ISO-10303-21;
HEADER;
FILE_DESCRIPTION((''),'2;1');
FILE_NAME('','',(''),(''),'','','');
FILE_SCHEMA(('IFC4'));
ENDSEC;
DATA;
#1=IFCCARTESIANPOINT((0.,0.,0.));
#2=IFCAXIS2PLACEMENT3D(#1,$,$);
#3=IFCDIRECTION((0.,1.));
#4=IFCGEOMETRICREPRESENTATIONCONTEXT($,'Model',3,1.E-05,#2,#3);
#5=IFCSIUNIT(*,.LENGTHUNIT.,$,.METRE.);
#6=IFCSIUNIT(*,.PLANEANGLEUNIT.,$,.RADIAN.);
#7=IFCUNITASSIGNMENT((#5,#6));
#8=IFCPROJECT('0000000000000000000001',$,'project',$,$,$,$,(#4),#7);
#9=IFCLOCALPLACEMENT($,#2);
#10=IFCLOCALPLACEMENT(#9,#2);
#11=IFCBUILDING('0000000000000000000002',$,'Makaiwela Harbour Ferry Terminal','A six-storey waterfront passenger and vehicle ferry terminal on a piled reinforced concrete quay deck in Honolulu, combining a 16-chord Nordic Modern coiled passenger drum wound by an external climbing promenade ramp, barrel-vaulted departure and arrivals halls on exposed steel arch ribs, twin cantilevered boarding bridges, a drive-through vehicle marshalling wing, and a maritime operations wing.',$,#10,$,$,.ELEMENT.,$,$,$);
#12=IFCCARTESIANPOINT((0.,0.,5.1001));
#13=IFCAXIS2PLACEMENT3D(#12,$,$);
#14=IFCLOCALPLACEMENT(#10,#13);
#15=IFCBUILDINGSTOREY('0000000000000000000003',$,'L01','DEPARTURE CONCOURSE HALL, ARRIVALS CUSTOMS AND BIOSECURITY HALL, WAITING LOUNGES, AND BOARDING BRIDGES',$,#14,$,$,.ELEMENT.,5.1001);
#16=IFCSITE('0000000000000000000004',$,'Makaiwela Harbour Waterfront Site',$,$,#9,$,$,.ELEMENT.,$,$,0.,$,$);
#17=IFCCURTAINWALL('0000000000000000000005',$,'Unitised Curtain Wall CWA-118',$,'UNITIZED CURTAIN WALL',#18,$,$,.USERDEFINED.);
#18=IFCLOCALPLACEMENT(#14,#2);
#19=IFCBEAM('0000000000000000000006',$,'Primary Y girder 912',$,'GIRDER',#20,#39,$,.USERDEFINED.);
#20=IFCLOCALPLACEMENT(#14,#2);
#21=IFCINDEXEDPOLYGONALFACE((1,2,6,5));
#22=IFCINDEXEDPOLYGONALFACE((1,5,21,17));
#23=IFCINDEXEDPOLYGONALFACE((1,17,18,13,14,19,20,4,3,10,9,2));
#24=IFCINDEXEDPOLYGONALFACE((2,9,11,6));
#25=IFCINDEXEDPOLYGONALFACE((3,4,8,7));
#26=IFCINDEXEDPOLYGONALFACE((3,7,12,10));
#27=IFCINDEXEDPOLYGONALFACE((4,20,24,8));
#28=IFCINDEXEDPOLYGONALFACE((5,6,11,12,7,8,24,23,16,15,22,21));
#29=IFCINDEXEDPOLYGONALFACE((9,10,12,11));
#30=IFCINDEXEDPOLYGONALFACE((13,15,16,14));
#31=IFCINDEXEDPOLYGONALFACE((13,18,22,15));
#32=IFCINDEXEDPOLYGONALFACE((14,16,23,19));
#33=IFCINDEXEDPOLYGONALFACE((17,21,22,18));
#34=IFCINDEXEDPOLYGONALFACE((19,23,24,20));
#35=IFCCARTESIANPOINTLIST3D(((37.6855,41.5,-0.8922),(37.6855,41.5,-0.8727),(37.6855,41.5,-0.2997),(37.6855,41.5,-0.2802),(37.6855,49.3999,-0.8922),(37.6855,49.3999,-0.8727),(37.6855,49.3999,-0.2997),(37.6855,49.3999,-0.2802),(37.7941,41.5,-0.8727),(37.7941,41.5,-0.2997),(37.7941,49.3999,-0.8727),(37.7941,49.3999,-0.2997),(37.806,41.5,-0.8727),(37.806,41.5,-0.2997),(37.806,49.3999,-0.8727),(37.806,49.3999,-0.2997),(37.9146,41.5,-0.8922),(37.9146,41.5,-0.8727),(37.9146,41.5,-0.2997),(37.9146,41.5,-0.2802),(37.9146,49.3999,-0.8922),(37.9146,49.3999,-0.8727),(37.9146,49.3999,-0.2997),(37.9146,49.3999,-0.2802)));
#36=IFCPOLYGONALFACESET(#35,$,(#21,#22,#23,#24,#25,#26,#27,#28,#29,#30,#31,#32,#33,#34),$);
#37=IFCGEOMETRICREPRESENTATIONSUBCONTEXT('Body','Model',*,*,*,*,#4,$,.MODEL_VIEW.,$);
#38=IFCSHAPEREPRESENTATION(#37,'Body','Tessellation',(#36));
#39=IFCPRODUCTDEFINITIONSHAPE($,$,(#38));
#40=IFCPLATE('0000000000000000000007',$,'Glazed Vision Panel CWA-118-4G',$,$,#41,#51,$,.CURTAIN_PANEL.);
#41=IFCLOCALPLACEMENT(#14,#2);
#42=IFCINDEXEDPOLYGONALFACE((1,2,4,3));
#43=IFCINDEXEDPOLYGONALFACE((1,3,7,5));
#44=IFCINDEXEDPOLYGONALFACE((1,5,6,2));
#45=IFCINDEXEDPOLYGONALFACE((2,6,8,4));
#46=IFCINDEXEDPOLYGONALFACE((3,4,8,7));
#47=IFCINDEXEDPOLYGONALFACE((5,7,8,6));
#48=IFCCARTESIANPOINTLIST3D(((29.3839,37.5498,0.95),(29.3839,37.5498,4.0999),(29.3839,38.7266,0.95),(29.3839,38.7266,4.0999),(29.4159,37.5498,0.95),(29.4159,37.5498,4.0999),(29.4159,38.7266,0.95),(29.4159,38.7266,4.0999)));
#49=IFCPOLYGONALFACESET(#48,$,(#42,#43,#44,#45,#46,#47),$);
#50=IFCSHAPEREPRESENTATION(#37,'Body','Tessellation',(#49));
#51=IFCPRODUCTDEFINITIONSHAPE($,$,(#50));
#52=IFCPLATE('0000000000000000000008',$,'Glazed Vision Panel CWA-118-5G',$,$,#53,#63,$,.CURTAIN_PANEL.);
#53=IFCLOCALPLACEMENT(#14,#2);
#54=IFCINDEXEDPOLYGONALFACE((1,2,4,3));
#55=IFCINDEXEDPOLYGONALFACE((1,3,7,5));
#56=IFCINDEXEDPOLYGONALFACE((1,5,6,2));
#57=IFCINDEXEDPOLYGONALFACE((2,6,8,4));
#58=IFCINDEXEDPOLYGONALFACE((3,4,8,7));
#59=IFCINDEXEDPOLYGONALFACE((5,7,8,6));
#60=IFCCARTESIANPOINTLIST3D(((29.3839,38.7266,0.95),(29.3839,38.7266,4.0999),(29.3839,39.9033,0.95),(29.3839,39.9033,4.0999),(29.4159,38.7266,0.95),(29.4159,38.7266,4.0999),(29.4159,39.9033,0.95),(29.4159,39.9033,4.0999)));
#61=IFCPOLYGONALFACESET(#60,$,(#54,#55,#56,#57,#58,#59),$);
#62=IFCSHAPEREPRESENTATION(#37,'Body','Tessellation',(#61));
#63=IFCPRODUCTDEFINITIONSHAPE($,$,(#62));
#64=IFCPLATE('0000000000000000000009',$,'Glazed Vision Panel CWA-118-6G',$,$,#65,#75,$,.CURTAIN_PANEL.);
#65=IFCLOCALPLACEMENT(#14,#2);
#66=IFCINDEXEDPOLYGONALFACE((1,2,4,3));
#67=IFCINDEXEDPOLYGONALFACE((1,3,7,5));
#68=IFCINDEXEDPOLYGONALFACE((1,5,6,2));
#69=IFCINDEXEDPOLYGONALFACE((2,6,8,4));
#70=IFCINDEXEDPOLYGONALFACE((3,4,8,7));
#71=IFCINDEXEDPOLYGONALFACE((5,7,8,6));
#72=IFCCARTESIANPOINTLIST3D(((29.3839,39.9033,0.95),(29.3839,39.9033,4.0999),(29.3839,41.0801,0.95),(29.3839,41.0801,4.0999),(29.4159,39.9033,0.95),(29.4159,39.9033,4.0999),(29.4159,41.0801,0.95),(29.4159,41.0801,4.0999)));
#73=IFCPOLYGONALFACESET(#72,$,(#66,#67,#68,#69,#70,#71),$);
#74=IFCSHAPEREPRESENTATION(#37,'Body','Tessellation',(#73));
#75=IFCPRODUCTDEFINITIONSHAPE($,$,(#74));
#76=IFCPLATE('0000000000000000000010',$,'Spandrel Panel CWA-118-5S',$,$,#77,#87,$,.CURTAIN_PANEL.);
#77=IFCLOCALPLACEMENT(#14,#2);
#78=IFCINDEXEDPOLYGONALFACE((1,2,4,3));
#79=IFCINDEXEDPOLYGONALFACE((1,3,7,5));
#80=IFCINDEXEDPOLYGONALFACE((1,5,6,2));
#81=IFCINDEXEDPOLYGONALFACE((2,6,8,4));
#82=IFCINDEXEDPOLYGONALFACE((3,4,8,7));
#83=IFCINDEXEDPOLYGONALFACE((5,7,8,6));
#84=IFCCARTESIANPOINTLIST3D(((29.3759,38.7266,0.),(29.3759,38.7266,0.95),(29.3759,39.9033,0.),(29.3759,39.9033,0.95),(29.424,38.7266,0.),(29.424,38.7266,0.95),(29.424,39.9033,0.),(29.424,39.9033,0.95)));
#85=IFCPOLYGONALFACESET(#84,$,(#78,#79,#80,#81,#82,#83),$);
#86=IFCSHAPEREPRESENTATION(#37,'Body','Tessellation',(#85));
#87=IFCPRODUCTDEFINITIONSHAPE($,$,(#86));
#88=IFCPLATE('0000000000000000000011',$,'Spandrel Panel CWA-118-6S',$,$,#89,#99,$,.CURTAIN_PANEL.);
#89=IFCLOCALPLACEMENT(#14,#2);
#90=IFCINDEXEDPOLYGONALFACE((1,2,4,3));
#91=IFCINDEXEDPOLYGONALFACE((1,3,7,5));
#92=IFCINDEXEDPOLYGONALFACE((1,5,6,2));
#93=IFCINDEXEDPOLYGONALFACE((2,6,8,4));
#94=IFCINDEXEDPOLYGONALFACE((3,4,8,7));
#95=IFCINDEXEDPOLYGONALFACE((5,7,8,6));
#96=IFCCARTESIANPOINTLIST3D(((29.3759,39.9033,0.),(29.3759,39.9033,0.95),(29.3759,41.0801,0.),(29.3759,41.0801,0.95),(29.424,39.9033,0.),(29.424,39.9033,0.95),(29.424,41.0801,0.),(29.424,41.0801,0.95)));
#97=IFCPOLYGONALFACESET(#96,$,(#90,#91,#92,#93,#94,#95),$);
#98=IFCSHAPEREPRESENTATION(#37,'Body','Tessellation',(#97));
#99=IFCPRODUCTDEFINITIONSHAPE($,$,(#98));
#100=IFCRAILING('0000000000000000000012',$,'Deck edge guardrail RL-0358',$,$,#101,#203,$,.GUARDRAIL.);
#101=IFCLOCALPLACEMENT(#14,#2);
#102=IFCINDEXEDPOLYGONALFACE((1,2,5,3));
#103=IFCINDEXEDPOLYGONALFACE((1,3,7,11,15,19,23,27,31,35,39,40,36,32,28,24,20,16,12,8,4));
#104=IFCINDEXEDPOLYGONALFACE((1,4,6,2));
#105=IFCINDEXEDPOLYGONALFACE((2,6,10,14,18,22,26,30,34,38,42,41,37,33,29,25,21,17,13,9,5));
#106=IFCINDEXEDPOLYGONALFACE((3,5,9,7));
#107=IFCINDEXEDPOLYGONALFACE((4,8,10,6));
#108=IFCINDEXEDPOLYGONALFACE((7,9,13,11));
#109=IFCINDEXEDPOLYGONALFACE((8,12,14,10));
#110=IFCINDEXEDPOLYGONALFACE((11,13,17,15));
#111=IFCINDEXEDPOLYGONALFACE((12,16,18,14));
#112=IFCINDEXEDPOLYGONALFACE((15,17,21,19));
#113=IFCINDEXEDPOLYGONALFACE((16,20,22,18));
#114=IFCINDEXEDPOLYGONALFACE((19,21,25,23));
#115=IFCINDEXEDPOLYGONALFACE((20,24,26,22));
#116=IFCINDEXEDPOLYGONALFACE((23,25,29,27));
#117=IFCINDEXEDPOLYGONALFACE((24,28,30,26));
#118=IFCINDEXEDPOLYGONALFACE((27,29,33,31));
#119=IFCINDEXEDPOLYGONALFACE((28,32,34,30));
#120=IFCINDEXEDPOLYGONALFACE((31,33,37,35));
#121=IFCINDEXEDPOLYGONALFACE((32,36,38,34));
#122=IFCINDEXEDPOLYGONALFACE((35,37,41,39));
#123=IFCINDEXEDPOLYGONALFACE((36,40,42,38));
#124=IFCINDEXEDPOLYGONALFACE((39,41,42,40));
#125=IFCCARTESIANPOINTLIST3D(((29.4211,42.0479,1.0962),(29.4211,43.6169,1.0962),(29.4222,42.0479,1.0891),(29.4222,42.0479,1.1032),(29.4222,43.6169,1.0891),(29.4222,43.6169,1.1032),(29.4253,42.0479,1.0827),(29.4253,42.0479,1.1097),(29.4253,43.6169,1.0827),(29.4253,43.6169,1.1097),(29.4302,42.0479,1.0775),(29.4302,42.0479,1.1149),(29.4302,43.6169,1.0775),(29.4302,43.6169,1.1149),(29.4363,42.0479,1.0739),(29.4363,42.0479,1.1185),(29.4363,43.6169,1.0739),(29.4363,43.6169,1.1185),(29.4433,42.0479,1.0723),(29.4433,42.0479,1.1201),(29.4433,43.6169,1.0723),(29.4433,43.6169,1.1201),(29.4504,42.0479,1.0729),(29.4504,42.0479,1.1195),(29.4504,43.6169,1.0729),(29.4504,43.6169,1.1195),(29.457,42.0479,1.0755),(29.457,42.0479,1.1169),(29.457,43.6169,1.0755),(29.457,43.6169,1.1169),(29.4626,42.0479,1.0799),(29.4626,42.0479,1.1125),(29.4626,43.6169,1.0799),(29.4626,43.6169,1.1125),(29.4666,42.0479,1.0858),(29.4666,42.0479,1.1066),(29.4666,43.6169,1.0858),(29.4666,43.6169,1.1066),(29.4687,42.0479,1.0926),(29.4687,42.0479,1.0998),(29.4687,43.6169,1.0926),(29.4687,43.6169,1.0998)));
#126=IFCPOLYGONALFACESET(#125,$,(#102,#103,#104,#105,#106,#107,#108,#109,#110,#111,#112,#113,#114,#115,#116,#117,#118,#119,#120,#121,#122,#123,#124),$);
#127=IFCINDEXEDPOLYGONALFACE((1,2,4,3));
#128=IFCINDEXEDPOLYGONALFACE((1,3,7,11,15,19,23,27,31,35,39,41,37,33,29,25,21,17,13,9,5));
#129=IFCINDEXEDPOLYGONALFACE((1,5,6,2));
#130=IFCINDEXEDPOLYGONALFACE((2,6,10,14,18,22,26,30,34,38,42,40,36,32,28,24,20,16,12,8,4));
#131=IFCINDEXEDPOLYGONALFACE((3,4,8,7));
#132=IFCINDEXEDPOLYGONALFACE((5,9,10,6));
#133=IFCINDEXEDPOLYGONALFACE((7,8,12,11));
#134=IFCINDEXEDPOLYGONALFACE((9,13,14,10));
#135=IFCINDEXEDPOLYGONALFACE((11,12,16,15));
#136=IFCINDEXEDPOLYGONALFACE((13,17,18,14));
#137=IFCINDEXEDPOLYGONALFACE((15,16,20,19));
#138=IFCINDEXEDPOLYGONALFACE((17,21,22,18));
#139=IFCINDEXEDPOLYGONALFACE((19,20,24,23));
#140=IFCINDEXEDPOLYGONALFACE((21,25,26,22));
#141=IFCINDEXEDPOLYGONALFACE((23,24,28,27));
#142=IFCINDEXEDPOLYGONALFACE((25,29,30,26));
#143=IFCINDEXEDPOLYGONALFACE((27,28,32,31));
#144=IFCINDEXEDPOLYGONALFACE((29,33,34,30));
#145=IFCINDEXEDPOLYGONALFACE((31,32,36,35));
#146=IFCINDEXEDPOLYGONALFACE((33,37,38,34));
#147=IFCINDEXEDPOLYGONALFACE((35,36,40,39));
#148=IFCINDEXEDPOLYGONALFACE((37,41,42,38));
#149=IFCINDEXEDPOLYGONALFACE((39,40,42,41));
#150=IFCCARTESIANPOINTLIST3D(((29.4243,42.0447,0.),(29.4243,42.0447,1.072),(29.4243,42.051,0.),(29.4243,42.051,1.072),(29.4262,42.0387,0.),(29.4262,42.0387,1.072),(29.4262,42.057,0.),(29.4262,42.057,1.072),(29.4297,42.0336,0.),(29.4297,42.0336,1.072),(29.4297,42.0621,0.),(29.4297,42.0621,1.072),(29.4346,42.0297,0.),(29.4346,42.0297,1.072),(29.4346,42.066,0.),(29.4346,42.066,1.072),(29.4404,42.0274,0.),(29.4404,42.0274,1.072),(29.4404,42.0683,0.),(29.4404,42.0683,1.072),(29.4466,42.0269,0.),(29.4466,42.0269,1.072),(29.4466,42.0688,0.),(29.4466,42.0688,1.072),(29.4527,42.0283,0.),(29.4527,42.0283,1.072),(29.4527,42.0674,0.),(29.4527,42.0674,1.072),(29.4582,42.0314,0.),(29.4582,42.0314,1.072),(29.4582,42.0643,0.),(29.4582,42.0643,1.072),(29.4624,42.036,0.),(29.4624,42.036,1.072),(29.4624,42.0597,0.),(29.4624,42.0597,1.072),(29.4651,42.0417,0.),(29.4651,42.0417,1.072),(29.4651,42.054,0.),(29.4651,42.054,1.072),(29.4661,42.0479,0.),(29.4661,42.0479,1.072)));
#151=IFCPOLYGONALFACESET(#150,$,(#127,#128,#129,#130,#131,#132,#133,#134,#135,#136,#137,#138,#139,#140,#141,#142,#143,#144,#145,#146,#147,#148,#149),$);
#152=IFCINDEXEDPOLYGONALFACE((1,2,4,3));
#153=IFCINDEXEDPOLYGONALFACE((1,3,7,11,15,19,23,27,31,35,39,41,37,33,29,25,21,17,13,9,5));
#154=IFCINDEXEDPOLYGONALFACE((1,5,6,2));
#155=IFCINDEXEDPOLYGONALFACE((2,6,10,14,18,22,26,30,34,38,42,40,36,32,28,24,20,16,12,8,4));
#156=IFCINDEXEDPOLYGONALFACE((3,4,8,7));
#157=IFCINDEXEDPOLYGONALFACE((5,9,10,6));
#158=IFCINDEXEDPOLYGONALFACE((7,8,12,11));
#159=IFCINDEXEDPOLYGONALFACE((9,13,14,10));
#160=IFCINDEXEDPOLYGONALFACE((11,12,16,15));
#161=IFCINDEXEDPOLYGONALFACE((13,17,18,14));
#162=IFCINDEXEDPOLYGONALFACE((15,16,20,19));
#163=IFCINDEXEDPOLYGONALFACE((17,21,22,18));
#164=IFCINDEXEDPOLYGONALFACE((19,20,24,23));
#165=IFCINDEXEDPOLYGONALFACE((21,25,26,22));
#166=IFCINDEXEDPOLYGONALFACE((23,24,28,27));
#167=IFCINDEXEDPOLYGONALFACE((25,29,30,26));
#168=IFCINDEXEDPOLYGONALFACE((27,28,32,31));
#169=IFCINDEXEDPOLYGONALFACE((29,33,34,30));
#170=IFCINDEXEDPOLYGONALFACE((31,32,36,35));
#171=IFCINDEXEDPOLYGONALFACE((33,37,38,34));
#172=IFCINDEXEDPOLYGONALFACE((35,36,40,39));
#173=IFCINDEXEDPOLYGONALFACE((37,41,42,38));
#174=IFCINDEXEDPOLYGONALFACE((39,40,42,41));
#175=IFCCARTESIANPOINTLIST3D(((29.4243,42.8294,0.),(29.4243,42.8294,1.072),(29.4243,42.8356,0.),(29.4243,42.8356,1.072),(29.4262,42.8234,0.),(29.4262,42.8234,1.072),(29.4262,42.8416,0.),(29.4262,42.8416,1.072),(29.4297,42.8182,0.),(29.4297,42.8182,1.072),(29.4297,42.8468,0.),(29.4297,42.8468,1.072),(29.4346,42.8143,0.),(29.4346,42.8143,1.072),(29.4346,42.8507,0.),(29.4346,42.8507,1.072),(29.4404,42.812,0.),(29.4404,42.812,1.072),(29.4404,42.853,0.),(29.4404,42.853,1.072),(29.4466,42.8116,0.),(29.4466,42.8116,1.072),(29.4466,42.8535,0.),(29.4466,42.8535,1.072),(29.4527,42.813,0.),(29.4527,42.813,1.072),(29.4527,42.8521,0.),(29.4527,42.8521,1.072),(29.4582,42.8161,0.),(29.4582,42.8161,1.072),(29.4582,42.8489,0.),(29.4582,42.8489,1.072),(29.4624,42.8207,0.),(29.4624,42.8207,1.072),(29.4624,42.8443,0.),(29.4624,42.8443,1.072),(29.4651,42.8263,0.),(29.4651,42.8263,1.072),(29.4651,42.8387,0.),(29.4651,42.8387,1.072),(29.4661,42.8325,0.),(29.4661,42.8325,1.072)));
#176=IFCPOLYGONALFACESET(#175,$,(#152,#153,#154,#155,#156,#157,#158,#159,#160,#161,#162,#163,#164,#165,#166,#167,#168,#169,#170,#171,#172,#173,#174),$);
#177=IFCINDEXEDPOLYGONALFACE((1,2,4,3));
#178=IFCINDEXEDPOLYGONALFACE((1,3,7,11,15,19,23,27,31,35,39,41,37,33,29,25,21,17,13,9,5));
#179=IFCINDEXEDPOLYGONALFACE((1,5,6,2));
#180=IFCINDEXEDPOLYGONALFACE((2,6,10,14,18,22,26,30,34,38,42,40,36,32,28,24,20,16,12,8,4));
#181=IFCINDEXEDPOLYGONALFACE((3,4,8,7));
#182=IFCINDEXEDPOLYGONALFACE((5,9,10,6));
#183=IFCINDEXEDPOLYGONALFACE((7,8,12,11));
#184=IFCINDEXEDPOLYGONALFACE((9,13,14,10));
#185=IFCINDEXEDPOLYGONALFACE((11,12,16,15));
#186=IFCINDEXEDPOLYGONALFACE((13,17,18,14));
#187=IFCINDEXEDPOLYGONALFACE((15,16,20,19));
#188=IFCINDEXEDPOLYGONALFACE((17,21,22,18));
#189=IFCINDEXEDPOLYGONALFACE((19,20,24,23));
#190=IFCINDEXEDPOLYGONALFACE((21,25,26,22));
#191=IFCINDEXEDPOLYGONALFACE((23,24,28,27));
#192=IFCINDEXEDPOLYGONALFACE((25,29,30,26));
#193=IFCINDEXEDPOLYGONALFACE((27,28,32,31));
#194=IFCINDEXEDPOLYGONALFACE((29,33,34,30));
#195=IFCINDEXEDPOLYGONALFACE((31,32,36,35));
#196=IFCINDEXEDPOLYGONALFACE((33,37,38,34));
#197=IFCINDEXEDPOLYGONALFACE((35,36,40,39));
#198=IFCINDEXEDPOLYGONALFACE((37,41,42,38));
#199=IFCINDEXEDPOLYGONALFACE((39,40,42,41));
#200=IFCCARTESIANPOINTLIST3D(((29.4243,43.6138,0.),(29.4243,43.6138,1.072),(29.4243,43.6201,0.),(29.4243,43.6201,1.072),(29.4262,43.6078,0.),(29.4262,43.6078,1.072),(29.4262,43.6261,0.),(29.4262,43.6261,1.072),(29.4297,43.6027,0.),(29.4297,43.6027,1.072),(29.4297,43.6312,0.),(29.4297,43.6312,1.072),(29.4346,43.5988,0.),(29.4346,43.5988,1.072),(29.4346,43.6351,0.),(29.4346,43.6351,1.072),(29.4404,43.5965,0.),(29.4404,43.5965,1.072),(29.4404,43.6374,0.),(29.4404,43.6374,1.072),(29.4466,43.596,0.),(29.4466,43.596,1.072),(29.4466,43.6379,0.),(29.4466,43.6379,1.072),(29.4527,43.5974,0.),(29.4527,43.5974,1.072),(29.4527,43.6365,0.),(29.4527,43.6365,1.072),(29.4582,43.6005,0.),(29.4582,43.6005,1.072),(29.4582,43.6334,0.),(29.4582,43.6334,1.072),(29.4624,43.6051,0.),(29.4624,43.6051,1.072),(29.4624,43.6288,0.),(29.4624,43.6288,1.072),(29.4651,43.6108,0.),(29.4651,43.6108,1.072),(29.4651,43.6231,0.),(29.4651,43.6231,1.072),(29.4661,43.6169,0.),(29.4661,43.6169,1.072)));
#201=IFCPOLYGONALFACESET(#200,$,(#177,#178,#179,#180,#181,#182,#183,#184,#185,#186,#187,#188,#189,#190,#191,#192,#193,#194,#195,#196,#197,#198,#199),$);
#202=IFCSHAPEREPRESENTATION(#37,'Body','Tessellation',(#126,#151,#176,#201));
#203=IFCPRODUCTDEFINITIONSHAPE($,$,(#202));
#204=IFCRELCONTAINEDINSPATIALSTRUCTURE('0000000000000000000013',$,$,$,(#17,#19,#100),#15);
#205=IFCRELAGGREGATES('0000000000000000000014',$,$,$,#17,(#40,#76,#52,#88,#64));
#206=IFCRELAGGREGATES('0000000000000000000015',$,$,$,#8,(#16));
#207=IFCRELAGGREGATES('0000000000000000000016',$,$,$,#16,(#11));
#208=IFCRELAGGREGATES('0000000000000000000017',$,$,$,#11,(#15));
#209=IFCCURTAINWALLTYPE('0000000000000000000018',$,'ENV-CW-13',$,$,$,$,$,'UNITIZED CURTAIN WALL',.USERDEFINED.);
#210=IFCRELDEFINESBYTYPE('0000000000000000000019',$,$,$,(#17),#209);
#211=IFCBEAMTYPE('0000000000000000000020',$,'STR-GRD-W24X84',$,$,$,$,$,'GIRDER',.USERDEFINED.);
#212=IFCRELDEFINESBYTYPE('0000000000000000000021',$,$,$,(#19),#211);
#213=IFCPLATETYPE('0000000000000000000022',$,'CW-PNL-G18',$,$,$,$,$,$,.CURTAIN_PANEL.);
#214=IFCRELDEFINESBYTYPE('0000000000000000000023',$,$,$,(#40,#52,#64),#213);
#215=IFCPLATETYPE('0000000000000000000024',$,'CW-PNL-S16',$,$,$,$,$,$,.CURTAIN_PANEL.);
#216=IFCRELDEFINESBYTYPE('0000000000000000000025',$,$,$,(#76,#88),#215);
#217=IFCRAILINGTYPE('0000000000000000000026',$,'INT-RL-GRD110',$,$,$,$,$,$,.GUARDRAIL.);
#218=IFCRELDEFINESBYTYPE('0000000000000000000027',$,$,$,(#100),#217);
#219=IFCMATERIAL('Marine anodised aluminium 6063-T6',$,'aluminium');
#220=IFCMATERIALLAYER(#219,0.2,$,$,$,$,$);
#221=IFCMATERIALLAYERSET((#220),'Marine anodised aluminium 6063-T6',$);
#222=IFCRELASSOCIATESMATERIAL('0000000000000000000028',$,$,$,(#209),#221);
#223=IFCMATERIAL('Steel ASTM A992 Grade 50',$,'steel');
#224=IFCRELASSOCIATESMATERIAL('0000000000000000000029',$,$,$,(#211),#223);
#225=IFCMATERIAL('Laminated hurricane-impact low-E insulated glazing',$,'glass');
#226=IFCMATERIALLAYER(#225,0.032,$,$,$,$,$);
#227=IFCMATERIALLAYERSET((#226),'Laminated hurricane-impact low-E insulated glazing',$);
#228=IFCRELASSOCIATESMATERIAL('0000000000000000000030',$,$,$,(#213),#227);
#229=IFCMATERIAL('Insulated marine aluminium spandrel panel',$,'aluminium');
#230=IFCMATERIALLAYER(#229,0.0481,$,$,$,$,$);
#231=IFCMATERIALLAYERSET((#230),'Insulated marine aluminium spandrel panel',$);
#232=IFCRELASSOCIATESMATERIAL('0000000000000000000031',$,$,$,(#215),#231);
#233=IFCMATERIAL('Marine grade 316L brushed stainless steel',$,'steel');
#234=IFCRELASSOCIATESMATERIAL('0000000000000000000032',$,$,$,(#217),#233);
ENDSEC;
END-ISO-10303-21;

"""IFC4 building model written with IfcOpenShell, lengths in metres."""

from ifc_helpers import new_model, si_unit, direction, frame, origin, origin_2d, place, context, subcontext, project, spatial, rectangle, circle, i_section, extrude, material, layer, layer_set, material_profile, profile_set, type_object, element, aggregate, save


model = new_model("IFC4")

# Units and contexts
model_context = context("Model", 3, precision=1e-05, world=origin(), true_north=direction((0.0, 1.0)))
body_context = subcontext(model_context, "Body", "Model", "MODEL_VIEW")
ifc_project = project(units=[si_unit("LENGTHUNIT", "METRE"), si_unit("PLANEANGLEUNIT", "RADIAN")], contexts=[model_context])

# Site, building, storey
site_placement = place(None, origin())
site = spatial("IfcSite", under=ifc_project, at=site_placement, Name="Makaiwela Harbour Waterfront Site", CompositionType="ELEMENT", RefElevation=0.0)
building_placement = place(site_placement, origin())
building = spatial("IfcBuilding", under=site, at=building_placement, Name="Makaiwela Harbour Ferry Terminal", Description="A six-storey waterfront passenger and vehicle ferry terminal on a piled reinforced concrete quay deck in Honolulu, combining a 16-chord Nordic Modern coiled passenger drum wound by an external climbing promenade ramp, barrel-vaulted departure and arrivals halls on exposed steel arch ribs, twin cantilevered boarding bridges, a drive-through vehicle marshalling wing, and a maritime operations wing.", CompositionType="ELEMENT")
storey_placement = place(building_placement, frame((0.0, 0.0, 5.1001)))
storey = spatial("IfcBuildingStorey", under=building, at=storey_placement, Name="L01", Description="DEPARTURE CONCOURSE HALL, ARRIVALS CUSTOMS AND BIOSECURITY HALL, WAITING LOUNGES, AND BOARDING BRIDGES", CompositionType="ELEMENT", Elevation=5.1001)

# Shared definitions
ifc_material_1 = material(Name="Steel ASTM A992 Grade 50", Category="steel")

# Curtain wall
ifc_material_2 = material(Name="Marine anodised aluminium 6063-T6", Category="aluminium")
ifc_layer_1 = layer(ifc_material_2, 0.2)
ifc_layer_set_1 = layer_set([ifc_layer_1], Name="Marine anodised aluminium 6063-T6")
curtain_wall_type = type_object("IfcCurtainWallType", Name="ENV-CW-13", ElementType="UNITIZED CURTAIN WALL", PredefinedType="USERDEFINED", material=ifc_layer_set_1)
curtain_wall_placement = place(storey_placement, origin())
curtain_wall = element("IfcCurtainWall", 1, at=curtain_wall_placement, inside=storey, type_object=curtain_wall_type, Name="Unitised Curtain Wall CWA-118", ObjectType="UNITIZED CURTAIN WALL", PredefinedType="USERDEFINED")

# Beam
ifc_material_profile_1 = material_profile(ifc_material_1, i_section(OverallWidth=0.229, OverallDepth=0.6121, WebThickness=0.012, FlangeThickness=0.0195, at=origin_2d()), Name="W24X84")
ifc_profile_set_1 = profile_set([ifc_material_profile_1], Name="Steel ASTM A992 Grade 50")
beam_type_1 = type_object("IfcBeamType", Name="STR-GRD-W24X84", ElementType="GIRDER", PredefinedType="USERDEFINED", material=ifc_profile_set_1)
for number, where, z_axis, x_axis, name in (
    (2, (37.8, 41.5, -0.5862), (0.0, 1.0, 0.0), (-1.0, 0.0, 0.0), "Primary Y girder 912"),
):
    element("IfcBeam", number, at=place(storey_placement, frame(where, z_axis=z_axis, x_axis=x_axis)), inside=storey, type_object=beam_type_1, Name=name, ObjectType="GIRDER", PredefinedType="USERDEFINED", context=body_context, shape_type="SweptSolid", body=[
        extrude(i_section(OverallWidth=0.229, OverallDepth=0.6121, WebThickness=0.012, FlangeThickness=0.0195, at=origin_2d()), origin(), (0.0, 0.0, 1.0), 7.8999),
    ])

# Plates
ifc_material_3 = material(Name="Laminated hurricane-impact low-E insulated glazing", Category="glass")
ifc_layer_2 = layer(ifc_material_3, 0.032)
ifc_layer_set_2 = layer_set([ifc_layer_2], Name="Laminated hurricane-impact low-E insulated glazing")
plate_type_1 = type_object("IfcPlateType", Name="CW-PNL-G18", PredefinedType="CURTAIN_PANEL", material=ifc_layer_set_2)
plate_1_placement = place(storey_placement, frame((29.3999, 38.1382, 0.95), z_axis=(0.0, 0.0, 1.0), x_axis=(0.0, 1.0, 0.0)))
plate_1 = element("IfcPlate", 3, at=plate_1_placement, type_object=plate_type_1, Name="Glazed Vision Panel CWA-118-4G", PredefinedType="CURTAIN_PANEL", context=body_context, shape_type="SweptSolid", body=[
    extrude(rectangle(XDim=1.1768, YDim=0.032, at=origin_2d()), origin(), (0.0, 0.0, 1.0), 3.1499),
])
plate_2_placement = place(storey_placement, frame((29.3999, 39.3149, 0.95), z_axis=(0.0, 0.0, 1.0), x_axis=(0.0, 1.0, 0.0)))
plate_2 = element("IfcPlate", 4, at=plate_2_placement, type_object=plate_type_1, Name="Glazed Vision Panel CWA-118-5G", PredefinedType="CURTAIN_PANEL", context=body_context, shape_type="SweptSolid", body=[
    extrude(rectangle(XDim=1.1768, YDim=0.032, at=origin_2d()), origin(), (0.0, 0.0, 1.0), 3.1499),
])
plate_3_placement = place(storey_placement, frame((29.3999, 40.4917, 0.95), z_axis=(0.0, 0.0, 1.0), x_axis=(0.0, 1.0, 0.0)))
plate_3 = element("IfcPlate", 5, at=plate_3_placement, type_object=plate_type_1, Name="Glazed Vision Panel CWA-118-6G", PredefinedType="CURTAIN_PANEL", context=body_context, shape_type="SweptSolid", body=[
    extrude(rectangle(XDim=1.1768, YDim=0.032, at=origin_2d()), origin(), (0.0, 0.0, 1.0), 3.1499),
])
ifc_material_4 = material(Name="Insulated marine aluminium spandrel panel", Category="aluminium")
ifc_layer_3 = layer(ifc_material_4, 0.0481)
ifc_layer_set_3 = layer_set([ifc_layer_3], Name="Insulated marine aluminium spandrel panel")
plate_type_2 = type_object("IfcPlateType", Name="CW-PNL-S16", PredefinedType="CURTAIN_PANEL", material=ifc_layer_set_3)
plate_4_placement = place(storey_placement, frame((29.3999, 39.3149, 0.0), z_axis=(0.0, 0.0, 1.0), x_axis=(0.0, 1.0, 0.0)))
plate_4 = element("IfcPlate", 6, at=plate_4_placement, type_object=plate_type_2, Name="Spandrel Panel CWA-118-5S", PredefinedType="CURTAIN_PANEL", context=body_context, shape_type="SweptSolid", body=[
    extrude(rectangle(XDim=1.1768, YDim=0.0481, at=origin_2d()), origin(), (0.0, 0.0, 1.0), 0.95),
])
plate_5_placement = place(storey_placement, frame((29.3999, 40.4917, 0.0), z_axis=(0.0, 0.0, 1.0), x_axis=(0.0, 1.0, 0.0)))
plate_5 = element("IfcPlate", 7, at=plate_5_placement, type_object=plate_type_2, Name="Spandrel Panel CWA-118-6S", PredefinedType="CURTAIN_PANEL", context=body_context, shape_type="SweptSolid", body=[
    extrude(rectangle(XDim=1.1768, YDim=0.0481, at=origin_2d()), origin(), (0.0, 0.0, 1.0), 0.95),
])
aggregate(curtain_wall, [plate_1, plate_4, plate_2, plate_5, plate_3])

# Railing
ifc_material_5 = material(Name="Marine grade 316L brushed stainless steel", Category="steel")
railing_type = type_object("IfcRailingType", Name="INT-RL-GRD110", PredefinedType="GUARDRAIL", material=ifc_material_5)
railing_placement = place(storey_placement, frame((29.4451, 42.0479, 0.0)))
element("IfcRailing", 8, at=railing_placement, inside=storey, type_object=railing_type, Name="Deck edge guardrail RL-0358", PredefinedType="GUARDRAIL", context=body_context, shape_type="SweptSolid", body=[
    extrude(circle(Radius=0.0239, at=origin_2d()), frame((0.0, 0.0, 1.0962), z_axis=(0.0, 1.0, 0.0), x_axis=(-1.0, 0.0, 0.0)), (0.0, 0.0, 1.0), 1.5691),
    extrude(circle(Radius=0.021, at=origin_2d()), origin(), (0.0, 0.0, 1.0), 1.072),
    extrude(circle(Radius=0.021, at=origin_2d()), frame((0.0, 0.7847, 0.0)), (0.0, 0.0, 1.0), 1.072),
    extrude(circle(Radius=0.021, at=origin_2d()), frame((0.0, 1.5691, 0.0)), (0.0, 0.0, 1.0), 1.072),
])

save(model, "model.ifc")
